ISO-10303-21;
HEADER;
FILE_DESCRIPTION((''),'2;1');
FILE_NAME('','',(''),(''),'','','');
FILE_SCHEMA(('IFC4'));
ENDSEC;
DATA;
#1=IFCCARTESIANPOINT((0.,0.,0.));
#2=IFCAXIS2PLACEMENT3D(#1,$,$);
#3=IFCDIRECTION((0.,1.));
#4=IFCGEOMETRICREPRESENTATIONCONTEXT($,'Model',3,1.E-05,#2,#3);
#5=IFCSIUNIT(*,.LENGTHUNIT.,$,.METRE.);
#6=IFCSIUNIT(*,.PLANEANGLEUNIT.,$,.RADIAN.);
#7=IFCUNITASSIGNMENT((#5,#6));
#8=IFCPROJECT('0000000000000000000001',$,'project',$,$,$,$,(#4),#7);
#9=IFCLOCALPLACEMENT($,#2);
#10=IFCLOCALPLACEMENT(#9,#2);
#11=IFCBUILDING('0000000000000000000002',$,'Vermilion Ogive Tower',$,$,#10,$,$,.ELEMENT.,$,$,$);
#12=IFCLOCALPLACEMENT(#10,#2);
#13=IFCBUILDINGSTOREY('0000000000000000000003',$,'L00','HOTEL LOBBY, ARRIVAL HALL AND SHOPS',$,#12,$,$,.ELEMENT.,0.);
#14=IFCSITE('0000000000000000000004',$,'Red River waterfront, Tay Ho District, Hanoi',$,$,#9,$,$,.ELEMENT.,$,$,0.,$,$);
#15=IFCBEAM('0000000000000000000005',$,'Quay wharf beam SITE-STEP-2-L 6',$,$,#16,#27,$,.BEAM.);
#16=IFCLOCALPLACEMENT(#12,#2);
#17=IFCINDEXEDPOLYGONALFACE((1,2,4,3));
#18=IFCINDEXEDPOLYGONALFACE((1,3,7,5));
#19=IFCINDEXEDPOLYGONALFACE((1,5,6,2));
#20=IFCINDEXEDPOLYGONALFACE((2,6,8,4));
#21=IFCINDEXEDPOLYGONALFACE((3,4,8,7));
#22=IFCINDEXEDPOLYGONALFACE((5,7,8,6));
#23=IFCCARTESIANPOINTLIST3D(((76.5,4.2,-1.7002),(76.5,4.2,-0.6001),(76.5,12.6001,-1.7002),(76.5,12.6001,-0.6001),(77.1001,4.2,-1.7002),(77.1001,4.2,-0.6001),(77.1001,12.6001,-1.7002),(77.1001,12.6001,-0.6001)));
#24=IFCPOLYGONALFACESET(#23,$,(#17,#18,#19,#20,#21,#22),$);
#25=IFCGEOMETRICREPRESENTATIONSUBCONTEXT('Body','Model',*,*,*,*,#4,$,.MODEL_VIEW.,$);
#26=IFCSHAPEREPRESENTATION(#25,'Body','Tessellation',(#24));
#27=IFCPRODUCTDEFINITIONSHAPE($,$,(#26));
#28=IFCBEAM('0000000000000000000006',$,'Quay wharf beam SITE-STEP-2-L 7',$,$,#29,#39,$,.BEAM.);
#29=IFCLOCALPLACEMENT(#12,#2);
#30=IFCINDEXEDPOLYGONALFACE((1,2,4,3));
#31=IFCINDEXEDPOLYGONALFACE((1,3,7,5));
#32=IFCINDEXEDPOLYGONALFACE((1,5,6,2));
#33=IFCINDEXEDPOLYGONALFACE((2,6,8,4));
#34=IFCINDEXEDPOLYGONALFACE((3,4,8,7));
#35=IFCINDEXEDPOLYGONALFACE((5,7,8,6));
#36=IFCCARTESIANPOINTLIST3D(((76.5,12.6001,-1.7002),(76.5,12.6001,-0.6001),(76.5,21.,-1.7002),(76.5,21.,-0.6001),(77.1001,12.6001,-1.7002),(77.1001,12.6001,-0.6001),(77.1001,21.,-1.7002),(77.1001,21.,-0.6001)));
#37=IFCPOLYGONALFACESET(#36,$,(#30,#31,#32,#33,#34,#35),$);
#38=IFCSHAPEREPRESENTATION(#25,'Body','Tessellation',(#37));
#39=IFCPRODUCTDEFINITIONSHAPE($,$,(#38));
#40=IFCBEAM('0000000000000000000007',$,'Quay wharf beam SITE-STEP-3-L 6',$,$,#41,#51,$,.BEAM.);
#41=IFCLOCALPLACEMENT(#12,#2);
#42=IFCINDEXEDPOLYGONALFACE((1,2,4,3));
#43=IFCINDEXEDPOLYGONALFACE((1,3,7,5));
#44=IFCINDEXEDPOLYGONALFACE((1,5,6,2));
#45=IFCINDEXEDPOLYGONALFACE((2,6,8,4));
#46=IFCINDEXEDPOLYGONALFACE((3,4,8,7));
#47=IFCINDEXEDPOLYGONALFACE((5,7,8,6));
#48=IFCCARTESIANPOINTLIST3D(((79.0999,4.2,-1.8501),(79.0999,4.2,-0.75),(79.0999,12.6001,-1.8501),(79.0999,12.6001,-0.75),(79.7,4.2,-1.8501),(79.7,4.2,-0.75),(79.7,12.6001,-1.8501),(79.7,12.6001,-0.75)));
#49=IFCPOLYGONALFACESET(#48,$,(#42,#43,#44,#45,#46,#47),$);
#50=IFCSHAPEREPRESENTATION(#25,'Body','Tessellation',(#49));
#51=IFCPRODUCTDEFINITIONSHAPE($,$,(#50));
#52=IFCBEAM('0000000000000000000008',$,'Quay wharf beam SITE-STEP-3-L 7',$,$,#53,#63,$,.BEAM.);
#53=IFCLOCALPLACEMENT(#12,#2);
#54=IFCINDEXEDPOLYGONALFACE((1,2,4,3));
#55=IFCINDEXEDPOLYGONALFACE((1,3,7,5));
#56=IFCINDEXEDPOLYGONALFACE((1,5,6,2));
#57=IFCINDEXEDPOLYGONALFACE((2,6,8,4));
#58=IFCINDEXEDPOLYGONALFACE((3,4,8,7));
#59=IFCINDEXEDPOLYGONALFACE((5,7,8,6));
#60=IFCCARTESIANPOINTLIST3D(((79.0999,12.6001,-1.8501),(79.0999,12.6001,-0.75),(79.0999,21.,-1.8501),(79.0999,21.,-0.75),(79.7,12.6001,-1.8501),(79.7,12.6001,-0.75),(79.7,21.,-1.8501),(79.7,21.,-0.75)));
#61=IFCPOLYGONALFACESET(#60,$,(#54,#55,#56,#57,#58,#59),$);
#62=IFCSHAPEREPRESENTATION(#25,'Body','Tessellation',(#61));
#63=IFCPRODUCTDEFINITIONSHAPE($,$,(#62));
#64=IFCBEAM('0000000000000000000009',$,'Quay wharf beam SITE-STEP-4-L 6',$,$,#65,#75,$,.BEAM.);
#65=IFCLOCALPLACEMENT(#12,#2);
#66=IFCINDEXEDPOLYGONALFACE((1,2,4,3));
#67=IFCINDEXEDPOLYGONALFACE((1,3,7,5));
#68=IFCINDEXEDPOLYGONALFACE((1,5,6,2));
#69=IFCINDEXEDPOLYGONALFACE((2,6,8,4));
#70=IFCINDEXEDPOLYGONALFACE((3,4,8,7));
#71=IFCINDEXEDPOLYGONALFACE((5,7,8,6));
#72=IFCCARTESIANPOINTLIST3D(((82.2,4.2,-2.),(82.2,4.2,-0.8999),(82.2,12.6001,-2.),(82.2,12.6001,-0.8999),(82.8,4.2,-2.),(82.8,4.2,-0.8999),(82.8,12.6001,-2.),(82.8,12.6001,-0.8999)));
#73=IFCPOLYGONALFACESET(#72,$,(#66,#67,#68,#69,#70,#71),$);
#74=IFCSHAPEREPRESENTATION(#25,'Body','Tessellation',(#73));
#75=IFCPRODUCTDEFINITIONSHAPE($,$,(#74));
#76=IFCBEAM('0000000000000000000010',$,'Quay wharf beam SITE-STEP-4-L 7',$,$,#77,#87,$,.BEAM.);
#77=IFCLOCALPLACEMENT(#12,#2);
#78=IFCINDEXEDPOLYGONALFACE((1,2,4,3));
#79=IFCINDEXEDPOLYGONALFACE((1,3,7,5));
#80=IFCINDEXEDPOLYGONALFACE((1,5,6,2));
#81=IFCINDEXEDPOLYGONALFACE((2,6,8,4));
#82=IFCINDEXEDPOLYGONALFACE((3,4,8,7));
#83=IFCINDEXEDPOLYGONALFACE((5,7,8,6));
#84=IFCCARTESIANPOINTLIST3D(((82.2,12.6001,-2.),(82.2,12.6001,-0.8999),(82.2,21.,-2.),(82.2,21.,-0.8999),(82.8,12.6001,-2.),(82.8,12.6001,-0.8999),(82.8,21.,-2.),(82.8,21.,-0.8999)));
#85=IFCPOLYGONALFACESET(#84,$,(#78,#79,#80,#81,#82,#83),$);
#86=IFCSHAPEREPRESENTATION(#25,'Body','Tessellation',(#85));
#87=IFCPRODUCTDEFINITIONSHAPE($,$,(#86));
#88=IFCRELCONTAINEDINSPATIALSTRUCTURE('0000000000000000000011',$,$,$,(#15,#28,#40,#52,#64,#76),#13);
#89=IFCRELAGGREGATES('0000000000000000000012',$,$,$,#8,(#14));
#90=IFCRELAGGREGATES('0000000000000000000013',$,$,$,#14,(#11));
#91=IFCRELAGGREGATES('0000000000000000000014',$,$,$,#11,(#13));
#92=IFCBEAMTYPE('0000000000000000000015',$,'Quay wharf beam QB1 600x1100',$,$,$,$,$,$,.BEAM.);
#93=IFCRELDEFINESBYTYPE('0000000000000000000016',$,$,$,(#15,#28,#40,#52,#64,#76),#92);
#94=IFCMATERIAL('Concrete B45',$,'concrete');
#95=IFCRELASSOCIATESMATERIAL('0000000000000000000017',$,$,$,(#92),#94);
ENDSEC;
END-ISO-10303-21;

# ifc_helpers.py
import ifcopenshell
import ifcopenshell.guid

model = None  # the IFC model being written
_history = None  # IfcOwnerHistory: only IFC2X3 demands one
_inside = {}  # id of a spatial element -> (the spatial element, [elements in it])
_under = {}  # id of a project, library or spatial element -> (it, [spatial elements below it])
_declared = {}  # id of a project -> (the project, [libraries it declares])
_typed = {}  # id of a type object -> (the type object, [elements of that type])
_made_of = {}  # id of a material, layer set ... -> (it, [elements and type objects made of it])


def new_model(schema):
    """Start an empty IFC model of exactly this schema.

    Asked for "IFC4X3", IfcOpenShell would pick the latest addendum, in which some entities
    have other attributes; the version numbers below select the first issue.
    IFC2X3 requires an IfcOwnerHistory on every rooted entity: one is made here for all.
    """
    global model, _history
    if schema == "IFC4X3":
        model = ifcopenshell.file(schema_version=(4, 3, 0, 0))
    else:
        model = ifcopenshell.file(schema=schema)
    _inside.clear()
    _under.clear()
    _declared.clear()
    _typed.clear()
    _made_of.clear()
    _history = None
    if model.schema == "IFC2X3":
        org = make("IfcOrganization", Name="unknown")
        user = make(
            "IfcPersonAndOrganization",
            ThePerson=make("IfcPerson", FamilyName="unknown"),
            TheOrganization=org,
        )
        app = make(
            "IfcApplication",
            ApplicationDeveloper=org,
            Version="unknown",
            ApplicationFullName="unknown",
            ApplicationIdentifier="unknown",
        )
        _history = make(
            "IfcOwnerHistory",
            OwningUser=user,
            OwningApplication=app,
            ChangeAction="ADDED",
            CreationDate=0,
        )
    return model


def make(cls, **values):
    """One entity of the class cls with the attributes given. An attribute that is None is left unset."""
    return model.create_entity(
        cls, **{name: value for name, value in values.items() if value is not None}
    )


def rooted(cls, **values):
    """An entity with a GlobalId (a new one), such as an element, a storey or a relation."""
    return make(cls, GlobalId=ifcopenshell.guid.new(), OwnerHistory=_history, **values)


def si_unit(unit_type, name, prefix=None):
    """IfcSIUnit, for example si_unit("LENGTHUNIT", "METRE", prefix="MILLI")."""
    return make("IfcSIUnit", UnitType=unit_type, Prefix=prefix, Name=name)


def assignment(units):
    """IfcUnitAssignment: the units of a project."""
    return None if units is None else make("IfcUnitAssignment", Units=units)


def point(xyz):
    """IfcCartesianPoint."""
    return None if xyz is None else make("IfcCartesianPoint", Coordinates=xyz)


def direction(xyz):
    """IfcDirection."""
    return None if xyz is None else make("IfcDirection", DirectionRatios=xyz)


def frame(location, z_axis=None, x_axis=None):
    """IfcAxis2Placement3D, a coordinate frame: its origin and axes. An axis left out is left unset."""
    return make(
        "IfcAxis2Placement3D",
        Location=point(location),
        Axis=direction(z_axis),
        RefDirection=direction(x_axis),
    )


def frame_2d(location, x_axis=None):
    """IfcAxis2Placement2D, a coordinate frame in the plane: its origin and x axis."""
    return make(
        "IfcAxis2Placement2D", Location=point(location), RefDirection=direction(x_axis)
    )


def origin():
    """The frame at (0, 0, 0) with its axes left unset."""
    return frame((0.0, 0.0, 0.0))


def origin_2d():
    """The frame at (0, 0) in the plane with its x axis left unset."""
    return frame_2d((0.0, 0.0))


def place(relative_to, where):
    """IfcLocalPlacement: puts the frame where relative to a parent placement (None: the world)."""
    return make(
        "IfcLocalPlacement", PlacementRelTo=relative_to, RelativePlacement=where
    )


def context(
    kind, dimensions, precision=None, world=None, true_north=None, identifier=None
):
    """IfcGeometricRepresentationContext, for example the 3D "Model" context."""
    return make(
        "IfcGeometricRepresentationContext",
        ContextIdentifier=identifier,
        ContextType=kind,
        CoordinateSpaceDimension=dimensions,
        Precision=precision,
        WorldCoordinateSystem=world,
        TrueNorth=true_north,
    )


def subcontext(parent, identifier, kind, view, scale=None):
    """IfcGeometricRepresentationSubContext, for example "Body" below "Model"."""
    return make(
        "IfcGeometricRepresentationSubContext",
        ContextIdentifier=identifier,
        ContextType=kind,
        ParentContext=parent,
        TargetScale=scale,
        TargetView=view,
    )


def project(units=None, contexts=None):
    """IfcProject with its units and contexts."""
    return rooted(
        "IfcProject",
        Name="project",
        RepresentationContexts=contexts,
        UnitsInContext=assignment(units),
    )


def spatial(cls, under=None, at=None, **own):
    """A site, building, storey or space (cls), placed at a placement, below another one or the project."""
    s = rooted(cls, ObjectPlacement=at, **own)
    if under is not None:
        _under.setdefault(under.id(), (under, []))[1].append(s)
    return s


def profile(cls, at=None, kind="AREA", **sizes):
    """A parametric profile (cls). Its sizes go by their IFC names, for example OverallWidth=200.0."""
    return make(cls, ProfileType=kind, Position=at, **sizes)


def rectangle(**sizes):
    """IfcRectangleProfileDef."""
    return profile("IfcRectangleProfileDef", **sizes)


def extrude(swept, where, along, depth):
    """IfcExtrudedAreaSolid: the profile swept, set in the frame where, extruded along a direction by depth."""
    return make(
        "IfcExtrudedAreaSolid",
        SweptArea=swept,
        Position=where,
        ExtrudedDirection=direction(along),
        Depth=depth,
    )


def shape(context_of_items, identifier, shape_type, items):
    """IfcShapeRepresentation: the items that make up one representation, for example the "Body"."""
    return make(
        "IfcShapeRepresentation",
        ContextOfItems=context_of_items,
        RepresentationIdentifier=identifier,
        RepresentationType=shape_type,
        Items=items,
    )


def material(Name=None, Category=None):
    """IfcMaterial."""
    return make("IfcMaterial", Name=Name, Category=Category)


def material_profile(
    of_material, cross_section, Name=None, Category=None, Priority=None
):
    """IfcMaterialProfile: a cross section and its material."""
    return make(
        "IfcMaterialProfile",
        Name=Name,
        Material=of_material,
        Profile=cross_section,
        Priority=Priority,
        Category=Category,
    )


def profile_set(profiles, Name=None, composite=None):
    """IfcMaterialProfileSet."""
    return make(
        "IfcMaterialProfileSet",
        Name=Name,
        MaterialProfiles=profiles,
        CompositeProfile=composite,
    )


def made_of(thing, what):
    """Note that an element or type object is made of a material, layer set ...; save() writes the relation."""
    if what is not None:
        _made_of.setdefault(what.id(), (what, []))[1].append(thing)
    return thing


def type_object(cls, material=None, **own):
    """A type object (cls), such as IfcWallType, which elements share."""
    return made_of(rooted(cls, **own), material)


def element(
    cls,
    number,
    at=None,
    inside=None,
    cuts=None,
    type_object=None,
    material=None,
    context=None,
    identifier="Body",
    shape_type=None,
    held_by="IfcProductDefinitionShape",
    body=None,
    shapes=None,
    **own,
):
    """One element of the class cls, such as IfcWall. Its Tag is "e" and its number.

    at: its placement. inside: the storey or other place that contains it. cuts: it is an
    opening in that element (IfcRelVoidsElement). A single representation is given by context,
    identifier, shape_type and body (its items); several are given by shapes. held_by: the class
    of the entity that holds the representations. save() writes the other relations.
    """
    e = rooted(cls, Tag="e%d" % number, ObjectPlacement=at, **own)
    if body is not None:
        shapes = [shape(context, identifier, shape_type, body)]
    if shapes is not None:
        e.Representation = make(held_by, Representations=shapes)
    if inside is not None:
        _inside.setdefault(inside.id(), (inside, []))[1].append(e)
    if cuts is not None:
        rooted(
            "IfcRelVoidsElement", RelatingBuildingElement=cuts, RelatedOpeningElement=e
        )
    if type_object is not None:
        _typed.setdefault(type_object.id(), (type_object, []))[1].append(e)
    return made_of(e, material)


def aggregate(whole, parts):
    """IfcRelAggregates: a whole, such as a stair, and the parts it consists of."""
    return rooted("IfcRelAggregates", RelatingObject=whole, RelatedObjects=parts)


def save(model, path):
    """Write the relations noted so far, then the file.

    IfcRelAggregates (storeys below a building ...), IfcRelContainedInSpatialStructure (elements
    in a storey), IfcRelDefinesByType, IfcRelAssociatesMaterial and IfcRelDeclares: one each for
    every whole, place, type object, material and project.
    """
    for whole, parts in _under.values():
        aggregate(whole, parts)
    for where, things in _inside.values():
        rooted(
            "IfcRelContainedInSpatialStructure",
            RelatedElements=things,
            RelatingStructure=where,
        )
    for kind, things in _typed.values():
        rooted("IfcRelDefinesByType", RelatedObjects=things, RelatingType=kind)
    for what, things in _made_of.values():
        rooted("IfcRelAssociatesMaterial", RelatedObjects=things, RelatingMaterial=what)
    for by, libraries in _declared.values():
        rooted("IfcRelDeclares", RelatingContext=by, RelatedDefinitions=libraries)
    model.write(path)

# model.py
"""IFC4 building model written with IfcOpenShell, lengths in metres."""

from ifc_helpers import new_model, si_unit, direction, frame, origin, origin_2d, place, context, subcontext, project, spatial, rectangle, extrude, material, material_profile, profile_set, type_object, element, save


model = new_model("IFC4")

# Units and contexts
model_context = context("Model", 3, precision=1e-05, world=origin(), true_north=direction((0.0, 1.0)))
body_context = subcontext(model_context, "Body", "Model", "MODEL_VIEW")
ifc_project = project(units=[si_unit("LENGTHUNIT", "METRE"), si_unit("PLANEANGLEUNIT", "RADIAN")], contexts=[model_context])

# Site, building, storey
site_placement = place(None, origin())
site = spatial("IfcSite", under=ifc_project, at=site_placement, Name="Red River waterfront, Tay Ho District, Hanoi", CompositionType="ELEMENT", RefElevation=0.0)
building_placement = place(site_placement, origin())
building = spatial("IfcBuilding", under=site, at=building_placement, Name="Vermilion Ogive Tower", CompositionType="ELEMENT")
storey_placement = place(building_placement, origin())
storey = spatial("IfcBuildingStorey", under=building, at=storey_placement, Name="L00", Description="HOTEL LOBBY, ARRIVAL HALL AND SHOPS", CompositionType="ELEMENT", Elevation=0.0)

# Beams
ifc_material_1 = material(Name="Concrete B45", Category="concrete")
ifc_material_profile = material_profile(ifc_material_1, rectangle(XDim=0.6001, YDim=1.1001, at=origin_2d()), Name="RC 600x1100")
ifc_profile_set = profile_set([ifc_material_profile], Name="Concrete B45")
beam_type = type_object("IfcBeamType", Name="Quay wharf beam QB1 600x1100", PredefinedType="BEAM", material=ifc_profile_set)
beam_1_placement = place(storey_placement, frame((76.8, 4.2, -1.1501), z_axis=(0.0, 1.0, 0.0), x_axis=(-1.0, 0.0, 0.0)))
element("IfcBeam", 1, at=beam_1_placement, inside=storey, type_object=beam_type, Name="Quay wharf beam SITE-STEP-2-L 6", PredefinedType="BEAM", context=body_context, shape_type="SweptSolid", body=[
    extrude(rectangle(XDim=0.6001, YDim=1.1001, at=origin_2d()), origin(), (0.0, 0.0, 1.0), 8.4001),
])
beam_2_placement = place(storey_placement, frame((76.8, 12.6001, -1.1501), z_axis=(0.0, 1.0, 0.0), x_axis=(-1.0, 0.0, 0.0)))
element("IfcBeam", 2, at=beam_2_placement, inside=storey, type_object=beam_type, Name="Quay wharf beam SITE-STEP-2-L 7", PredefinedType="BEAM", context=body_context, shape_type="SweptSolid", body=[
    extrude(rectangle(XDim=0.6001, YDim=1.1001, at=origin_2d()), origin(), (0.0, 0.0, 1.0), 8.3999),
])
beam_3_placement = place(storey_placement, frame((79.3999, 4.2, -1.3), z_axis=(0.0, 1.0, 0.0), x_axis=(-1.0, 0.0, 0.0)))
element("IfcBeam", 3, at=beam_3_placement, inside=storey, type_object=beam_type, Name="Quay wharf beam SITE-STEP-3-L 6", PredefinedType="BEAM", context=body_context, shape_type="SweptSolid", body=[
    extrude(rectangle(XDim=0.6001, YDim=1.1001, at=origin_2d()), origin(), (0.0, 0.0, 1.0), 8.4001),
])
beam_4_placement = place(storey_placement, frame((79.3999, 12.6001, -1.3), z_axis=(0.0, 1.0, 0.0), x_axis=(-1.0, 0.0, 0.0)))
element("IfcBeam", 4, at=beam_4_placement, inside=storey, type_object=beam_type, Name="Quay wharf beam SITE-STEP-3-L 7", PredefinedType="BEAM", context=body_context, shape_type="SweptSolid", body=[
    extrude(rectangle(XDim=0.6001, YDim=1.1001, at=origin_2d()), origin(), (0.0, 0.0, 1.0), 8.3999),
])
beam_5_placement = place(storey_placement, frame((82.5, 4.2, -1.45), z_axis=(0.0, 1.0, 0.0), x_axis=(-1.0, 0.0, 0.0)))
element("IfcBeam", 5, at=beam_5_placement, inside=storey, type_object=beam_type, Name="Quay wharf beam SITE-STEP-4-L 6", PredefinedType="BEAM", context=body_context, shape_type="SweptSolid", body=[
    extrude(rectangle(XDim=0.6001, YDim=1.1001, at=origin_2d()), origin(), (0.0, 0.0, 1.0), 8.4001),
])
beam_6_placement = place(storey_placement, frame((82.5, 12.6001, -1.45), z_axis=(0.0, 1.0, 0.0), x_axis=(-1.0, 0.0, 0.0)))
element("IfcBeam", 6, at=beam_6_placement, inside=storey, type_object=beam_type, Name="Quay wharf beam SITE-STEP-4-L 7", PredefinedType="BEAM", context=body_context, shape_type="SweptSolid", body=[
    extrude(rectangle(XDim=0.6001, YDim=1.1001, at=origin_2d()), origin(), (0.0, 0.0, 1.0), 8.3999),
])

save(model, "model.ifc")
